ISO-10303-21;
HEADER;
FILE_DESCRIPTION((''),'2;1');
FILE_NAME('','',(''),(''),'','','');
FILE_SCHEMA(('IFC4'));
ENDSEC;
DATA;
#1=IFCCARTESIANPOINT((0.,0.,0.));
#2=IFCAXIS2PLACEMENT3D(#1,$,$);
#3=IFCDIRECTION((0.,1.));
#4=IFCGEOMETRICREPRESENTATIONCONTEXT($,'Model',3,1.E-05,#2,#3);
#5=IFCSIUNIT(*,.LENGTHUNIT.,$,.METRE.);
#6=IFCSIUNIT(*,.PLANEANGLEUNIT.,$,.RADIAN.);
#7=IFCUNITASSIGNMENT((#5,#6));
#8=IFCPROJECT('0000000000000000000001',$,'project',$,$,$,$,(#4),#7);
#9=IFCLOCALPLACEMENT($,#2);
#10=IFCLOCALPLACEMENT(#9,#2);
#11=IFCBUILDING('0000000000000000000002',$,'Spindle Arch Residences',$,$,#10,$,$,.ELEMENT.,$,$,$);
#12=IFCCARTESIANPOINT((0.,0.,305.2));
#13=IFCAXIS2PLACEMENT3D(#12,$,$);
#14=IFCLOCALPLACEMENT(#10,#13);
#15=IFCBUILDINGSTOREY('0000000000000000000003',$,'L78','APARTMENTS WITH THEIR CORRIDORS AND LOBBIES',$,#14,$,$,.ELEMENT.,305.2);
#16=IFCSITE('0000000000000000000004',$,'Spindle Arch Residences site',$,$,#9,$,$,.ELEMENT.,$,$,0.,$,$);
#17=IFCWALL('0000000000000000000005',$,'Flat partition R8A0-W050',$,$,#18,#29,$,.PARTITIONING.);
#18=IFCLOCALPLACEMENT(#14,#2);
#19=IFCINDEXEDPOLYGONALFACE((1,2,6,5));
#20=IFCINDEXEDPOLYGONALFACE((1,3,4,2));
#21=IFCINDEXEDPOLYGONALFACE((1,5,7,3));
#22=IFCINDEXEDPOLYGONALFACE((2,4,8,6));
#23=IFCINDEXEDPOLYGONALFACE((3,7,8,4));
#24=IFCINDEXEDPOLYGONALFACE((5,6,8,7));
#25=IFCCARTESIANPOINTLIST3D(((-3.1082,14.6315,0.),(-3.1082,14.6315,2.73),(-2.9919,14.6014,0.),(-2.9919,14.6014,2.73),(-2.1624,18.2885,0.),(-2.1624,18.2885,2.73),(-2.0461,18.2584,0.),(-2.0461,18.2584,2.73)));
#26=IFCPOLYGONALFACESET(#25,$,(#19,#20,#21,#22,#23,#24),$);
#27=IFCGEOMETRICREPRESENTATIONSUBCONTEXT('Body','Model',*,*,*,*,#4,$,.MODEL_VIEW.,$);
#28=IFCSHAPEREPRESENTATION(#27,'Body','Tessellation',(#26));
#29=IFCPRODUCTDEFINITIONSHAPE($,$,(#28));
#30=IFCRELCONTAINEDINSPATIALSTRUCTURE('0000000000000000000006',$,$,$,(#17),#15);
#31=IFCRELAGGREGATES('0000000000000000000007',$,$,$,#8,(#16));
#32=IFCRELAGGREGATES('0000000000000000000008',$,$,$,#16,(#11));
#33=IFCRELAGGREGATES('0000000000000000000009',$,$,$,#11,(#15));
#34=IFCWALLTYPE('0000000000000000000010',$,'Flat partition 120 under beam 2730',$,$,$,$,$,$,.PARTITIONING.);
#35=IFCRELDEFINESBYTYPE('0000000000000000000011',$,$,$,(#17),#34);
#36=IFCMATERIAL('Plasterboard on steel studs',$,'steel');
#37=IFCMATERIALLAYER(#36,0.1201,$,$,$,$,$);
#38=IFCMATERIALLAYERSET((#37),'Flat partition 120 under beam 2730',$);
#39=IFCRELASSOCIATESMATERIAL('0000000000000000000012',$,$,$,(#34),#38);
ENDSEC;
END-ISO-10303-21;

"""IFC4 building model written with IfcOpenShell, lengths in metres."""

from ifc_helpers import new_model, si_unit, direction, frame, frame_2d, origin, place, context, subcontext, project, spatial, rectangle, extrude, material, layer, layer_set, type_object, element, save


model = new_model("IFC4")

# Units and contexts
model_context = context("Model", 3, precision=1e-05, world=origin(), true_north=direction((0.0, 1.0)))
body_context = subcontext(model_context, "Body", "Model", "MODEL_VIEW")
ifc_project = project(units=[si_unit("LENGTHUNIT", "METRE"), si_unit("PLANEANGLEUNIT", "RADIAN")], contexts=[model_context])

# Site, building, storey
site_placement = place(None, origin())
site = spatial("IfcSite", under=ifc_project, at=site_placement, Name="Spindle Arch Residences site", CompositionType="ELEMENT", RefElevation=0.0)
building_placement = place(site_placement, origin())
building = spatial("IfcBuilding", under=site, at=building_placement, Name="Spindle Arch Residences", CompositionType="ELEMENT")
storey_placement = place(building_placement, frame((0.0, 0.0, 305.2)))
storey = spatial("IfcBuildingStorey", under=building, at=storey_placement, Name="L78", Description="APARTMENTS WITH THEIR CORRIDORS AND LOBBIES", CompositionType="ELEMENT", Elevation=305.2)

# Wall
ifc_material_1 = material(Name="Plasterboard on steel studs", Category="steel")
ifc_layer_1 = layer(ifc_material_1, 0.1201)
ifc_layer_set_1 = layer_set([ifc_layer_1], Name="Flat partition 120 under beam 2730")
wall_type_1 = type_object("IfcWallType", Name="Flat partition 120 under beam 2730", PredefinedType="PARTITIONING", material=ifc_layer_set_1)
wall_1_placement = place(storey_placement, frame((-2.1042, 18.2734, 0.0), z_axis=(0.0, 0.0, 1.0), x_axis=(-0.25039, -0.968145, 0.0)))
element("IfcWall", 1, at=wall_1_placement, inside=storey, type_object=wall_type_1, Name="Flat partition R8A0-W050", PredefinedType="PARTITIONING", context=body_context, shape_type="SweptSolid", body=[
    extrude(rectangle(XDim=3.7773, YDim=0.1201, at=frame_2d((1.8887, 0.0))), origin(), (0.0, 0.0, 1.0), 2.73),
])

save(model, "model.ifc")
